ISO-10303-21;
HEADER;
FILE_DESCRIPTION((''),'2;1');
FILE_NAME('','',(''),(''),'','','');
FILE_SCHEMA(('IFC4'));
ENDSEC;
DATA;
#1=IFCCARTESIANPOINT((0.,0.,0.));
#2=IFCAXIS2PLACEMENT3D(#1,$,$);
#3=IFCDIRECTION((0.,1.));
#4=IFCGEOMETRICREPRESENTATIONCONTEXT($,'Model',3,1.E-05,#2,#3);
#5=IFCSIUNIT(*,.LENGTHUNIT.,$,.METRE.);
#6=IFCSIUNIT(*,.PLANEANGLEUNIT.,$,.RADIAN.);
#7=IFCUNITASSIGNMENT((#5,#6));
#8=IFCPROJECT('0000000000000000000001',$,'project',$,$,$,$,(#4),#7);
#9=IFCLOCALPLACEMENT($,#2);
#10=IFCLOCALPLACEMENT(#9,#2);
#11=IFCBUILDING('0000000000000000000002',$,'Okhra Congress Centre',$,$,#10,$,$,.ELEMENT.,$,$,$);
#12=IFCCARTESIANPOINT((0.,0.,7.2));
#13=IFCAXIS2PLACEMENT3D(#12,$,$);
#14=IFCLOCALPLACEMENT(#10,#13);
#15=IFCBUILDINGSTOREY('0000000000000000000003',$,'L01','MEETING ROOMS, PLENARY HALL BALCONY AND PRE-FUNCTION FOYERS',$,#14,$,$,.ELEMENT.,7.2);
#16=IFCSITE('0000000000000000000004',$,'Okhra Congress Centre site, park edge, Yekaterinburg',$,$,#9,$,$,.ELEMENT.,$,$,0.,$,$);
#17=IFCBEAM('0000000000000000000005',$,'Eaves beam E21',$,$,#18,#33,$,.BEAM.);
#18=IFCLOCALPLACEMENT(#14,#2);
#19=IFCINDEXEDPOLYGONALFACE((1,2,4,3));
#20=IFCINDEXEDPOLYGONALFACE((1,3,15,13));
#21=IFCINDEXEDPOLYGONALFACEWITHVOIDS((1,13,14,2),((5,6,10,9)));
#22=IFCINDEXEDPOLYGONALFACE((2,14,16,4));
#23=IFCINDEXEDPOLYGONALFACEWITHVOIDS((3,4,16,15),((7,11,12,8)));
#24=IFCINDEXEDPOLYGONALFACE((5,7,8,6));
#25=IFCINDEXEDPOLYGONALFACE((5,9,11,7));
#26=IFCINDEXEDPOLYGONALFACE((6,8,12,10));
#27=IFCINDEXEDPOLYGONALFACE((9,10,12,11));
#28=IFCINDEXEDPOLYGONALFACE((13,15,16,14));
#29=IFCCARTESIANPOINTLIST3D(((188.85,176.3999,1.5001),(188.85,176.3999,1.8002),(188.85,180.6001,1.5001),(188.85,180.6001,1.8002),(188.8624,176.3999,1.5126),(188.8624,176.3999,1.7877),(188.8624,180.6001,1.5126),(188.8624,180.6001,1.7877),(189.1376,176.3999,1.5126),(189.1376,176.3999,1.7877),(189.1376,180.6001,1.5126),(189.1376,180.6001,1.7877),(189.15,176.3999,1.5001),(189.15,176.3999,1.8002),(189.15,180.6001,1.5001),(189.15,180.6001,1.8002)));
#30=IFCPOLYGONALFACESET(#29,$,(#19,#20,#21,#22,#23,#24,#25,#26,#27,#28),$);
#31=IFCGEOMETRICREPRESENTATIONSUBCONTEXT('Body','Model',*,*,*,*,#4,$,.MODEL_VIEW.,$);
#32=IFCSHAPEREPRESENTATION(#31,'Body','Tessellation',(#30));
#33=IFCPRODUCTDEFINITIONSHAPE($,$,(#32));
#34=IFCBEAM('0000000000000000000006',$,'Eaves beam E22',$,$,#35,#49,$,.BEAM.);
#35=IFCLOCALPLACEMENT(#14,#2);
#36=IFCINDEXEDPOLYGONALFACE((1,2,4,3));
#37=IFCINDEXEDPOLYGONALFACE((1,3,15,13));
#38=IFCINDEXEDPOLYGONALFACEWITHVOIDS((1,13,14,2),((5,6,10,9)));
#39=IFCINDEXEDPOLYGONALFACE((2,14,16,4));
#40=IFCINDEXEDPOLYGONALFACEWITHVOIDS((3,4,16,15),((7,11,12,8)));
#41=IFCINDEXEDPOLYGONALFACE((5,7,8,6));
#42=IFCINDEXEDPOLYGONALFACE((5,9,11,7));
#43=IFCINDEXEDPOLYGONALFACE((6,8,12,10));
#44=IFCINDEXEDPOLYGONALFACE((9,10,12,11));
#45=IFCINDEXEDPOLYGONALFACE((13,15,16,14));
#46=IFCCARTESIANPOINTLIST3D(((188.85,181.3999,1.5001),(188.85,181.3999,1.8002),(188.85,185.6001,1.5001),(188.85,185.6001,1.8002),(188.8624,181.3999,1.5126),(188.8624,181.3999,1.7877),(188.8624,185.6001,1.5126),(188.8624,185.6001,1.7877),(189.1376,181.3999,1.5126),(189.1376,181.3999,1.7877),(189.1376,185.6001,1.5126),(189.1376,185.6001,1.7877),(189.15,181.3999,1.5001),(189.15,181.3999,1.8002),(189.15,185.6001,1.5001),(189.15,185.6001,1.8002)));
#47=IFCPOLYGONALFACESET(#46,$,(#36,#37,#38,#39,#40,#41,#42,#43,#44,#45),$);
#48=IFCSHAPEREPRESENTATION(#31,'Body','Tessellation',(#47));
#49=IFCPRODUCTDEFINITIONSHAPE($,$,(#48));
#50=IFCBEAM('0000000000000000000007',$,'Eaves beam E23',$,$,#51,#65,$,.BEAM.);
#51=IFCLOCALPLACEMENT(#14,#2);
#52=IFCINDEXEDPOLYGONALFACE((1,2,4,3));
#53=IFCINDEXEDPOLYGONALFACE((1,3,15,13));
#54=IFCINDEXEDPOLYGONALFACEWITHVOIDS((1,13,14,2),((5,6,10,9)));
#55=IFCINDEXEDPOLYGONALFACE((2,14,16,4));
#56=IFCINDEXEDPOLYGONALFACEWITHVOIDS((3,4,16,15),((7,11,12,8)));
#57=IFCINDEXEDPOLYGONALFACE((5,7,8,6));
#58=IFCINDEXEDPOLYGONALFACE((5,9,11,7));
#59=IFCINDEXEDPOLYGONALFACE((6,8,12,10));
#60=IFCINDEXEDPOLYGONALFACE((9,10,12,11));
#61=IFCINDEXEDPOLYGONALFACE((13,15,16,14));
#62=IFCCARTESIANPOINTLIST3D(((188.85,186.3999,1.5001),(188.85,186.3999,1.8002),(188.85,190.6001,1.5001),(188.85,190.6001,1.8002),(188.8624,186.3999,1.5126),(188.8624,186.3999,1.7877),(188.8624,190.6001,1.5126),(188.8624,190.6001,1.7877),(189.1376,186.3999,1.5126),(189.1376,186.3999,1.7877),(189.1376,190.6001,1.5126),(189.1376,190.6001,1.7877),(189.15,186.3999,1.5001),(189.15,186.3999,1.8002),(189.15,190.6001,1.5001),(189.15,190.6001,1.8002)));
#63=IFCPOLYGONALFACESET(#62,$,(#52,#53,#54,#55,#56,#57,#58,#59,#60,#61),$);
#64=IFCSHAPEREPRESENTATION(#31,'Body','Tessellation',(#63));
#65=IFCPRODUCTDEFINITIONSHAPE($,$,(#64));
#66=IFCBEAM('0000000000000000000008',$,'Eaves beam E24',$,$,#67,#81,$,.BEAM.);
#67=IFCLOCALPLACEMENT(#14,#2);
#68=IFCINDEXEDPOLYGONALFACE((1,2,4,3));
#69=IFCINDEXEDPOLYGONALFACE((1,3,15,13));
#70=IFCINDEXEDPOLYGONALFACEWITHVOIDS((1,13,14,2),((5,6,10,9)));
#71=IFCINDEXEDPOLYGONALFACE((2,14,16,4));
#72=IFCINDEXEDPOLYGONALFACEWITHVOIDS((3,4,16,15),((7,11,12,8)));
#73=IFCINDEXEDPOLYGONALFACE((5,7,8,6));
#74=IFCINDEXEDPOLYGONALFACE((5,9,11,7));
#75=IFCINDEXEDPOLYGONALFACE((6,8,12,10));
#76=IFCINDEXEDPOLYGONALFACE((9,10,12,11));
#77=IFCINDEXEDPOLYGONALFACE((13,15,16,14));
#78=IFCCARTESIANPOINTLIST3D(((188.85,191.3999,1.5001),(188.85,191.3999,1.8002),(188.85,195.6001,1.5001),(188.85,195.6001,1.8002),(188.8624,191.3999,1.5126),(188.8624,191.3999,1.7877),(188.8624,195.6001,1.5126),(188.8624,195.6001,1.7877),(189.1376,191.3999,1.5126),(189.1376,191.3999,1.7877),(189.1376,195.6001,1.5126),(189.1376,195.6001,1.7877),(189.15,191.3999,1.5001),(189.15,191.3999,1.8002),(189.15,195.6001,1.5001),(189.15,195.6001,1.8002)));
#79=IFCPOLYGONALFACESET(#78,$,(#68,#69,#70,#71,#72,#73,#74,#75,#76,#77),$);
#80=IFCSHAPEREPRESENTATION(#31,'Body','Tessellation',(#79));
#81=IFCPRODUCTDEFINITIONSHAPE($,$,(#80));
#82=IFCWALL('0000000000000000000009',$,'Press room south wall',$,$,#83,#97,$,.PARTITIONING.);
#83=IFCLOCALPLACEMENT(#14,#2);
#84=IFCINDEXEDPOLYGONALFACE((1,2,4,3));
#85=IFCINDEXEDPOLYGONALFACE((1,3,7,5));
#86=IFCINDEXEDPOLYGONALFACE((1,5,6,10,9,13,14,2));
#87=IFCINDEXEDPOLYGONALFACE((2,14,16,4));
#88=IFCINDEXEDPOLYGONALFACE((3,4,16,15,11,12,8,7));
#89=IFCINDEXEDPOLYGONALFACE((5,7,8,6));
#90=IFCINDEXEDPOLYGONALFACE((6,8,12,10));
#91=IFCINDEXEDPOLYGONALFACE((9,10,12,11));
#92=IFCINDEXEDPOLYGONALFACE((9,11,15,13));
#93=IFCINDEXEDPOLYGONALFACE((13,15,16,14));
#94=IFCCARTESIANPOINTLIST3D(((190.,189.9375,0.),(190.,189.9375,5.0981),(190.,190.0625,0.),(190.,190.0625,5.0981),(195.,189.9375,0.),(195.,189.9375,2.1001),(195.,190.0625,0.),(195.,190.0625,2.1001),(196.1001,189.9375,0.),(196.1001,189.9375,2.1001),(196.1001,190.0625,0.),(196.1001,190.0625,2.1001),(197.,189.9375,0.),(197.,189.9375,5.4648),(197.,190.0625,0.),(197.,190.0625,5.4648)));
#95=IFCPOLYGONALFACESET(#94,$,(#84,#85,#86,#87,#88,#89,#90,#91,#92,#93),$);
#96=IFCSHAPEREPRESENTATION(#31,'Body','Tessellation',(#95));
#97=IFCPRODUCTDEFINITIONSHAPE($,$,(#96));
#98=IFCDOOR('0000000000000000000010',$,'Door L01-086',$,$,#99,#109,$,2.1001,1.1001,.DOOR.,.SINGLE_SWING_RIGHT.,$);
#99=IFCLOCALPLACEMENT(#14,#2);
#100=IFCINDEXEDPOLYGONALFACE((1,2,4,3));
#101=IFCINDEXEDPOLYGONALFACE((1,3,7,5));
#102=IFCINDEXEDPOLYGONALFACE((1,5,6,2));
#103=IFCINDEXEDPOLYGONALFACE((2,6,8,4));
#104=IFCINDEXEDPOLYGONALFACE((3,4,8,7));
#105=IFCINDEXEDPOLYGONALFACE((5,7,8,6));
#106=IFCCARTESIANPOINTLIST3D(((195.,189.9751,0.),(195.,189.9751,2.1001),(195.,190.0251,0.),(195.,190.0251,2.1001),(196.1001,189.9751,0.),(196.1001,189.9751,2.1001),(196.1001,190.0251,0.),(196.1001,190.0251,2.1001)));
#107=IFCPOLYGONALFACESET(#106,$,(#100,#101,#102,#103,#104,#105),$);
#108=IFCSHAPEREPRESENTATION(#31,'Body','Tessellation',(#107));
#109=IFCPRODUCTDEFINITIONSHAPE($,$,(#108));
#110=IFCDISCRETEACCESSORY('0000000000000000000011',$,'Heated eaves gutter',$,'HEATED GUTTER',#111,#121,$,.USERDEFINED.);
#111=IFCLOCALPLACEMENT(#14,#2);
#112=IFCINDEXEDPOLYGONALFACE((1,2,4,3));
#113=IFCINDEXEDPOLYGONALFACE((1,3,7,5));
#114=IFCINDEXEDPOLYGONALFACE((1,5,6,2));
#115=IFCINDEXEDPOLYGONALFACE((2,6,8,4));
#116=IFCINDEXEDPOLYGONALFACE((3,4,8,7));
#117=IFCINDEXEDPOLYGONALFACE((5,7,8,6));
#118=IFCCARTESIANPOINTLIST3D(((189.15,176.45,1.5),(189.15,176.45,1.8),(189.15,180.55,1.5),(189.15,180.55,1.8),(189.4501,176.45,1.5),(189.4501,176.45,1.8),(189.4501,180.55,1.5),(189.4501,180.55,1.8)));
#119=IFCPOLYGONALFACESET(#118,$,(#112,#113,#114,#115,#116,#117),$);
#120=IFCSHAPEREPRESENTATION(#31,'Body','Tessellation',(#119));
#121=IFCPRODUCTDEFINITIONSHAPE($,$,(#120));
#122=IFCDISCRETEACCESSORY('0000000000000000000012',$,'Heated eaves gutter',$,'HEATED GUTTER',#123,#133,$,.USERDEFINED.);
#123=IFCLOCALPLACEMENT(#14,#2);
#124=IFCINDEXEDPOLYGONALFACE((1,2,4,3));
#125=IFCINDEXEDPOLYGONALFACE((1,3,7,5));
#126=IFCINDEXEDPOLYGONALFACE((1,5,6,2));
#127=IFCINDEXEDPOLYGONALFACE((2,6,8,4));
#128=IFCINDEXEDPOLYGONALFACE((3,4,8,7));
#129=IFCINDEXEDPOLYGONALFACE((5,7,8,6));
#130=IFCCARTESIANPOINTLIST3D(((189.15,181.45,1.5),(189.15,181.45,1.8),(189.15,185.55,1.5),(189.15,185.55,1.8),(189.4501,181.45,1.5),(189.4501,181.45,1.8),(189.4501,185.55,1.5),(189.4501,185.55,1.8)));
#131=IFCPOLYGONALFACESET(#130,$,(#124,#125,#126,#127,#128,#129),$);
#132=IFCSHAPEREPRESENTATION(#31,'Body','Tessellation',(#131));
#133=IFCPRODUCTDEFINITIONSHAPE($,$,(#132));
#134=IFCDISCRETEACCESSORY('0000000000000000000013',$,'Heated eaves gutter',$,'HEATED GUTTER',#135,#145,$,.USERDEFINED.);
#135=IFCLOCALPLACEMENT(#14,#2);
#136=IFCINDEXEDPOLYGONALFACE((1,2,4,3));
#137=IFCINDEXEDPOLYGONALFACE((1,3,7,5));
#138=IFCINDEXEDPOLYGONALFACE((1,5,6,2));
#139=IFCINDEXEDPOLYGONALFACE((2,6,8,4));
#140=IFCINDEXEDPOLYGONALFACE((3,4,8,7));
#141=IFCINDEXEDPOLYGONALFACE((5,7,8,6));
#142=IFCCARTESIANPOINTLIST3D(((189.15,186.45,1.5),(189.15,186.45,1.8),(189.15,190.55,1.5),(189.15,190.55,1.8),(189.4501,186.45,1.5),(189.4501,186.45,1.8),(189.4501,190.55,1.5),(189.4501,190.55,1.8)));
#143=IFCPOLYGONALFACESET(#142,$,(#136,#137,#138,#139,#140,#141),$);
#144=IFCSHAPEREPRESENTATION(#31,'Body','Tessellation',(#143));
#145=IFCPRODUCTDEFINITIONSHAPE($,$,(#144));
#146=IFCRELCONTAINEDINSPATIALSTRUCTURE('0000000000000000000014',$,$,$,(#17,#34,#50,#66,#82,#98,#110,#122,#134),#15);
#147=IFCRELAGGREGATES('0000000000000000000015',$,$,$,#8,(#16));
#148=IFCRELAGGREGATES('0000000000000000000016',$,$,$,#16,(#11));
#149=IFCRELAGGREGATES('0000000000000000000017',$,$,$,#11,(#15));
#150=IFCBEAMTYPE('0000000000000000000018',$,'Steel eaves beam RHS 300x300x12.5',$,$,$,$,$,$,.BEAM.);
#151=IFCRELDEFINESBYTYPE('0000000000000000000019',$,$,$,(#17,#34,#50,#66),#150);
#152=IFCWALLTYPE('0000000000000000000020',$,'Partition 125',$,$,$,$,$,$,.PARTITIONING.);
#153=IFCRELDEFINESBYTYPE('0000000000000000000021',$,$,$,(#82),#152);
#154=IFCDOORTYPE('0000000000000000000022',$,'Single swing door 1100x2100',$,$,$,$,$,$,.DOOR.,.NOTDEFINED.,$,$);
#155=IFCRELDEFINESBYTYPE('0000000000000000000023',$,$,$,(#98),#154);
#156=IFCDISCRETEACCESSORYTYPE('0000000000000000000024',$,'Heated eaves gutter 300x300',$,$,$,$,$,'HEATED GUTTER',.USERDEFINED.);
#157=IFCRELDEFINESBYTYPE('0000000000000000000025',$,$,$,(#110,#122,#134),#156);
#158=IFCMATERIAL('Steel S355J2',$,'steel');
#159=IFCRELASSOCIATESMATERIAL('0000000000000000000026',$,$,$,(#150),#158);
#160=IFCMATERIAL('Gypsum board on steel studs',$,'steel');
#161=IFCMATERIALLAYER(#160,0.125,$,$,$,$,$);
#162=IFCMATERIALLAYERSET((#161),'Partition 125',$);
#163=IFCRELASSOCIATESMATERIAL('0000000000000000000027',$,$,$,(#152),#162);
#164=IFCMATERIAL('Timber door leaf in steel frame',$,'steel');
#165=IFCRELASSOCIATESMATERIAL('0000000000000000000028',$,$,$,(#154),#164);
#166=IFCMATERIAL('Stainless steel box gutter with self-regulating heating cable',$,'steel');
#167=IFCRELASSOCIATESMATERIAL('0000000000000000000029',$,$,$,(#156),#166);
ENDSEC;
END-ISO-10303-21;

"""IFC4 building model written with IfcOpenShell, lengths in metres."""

from ifc_helpers import new_model, si_unit, direction, frame, frame_2d, origin, origin_2d, place, context, subcontext, project, spatial, polyline, rectangle, hollow_rectangle, outline, extrude, material, layer, layer_set, material_profile, profile_set, type_object, element, fill, save


model = new_model("IFC4")

# Units and contexts
model_context = context("Model", 3, precision=1e-05, world=origin(), true_north=direction((0.0, 1.0)))
body_context = subcontext(model_context, "Body", "Model", "MODEL_VIEW")
ifc_project = project(units=[si_unit("LENGTHUNIT", "METRE"), si_unit("PLANEANGLEUNIT", "RADIAN")], contexts=[model_context])

# Site, building, storey
site_placement = place(None, origin())
site = spatial("IfcSite", under=ifc_project, at=site_placement, Name="Okhra Congress Centre site, park edge, Yekaterinburg", CompositionType="ELEMENT", RefElevation=0.0)
building_placement = place(site_placement, origin())
building = spatial("IfcBuilding", under=site, at=building_placement, Name="Okhra Congress Centre", CompositionType="ELEMENT")
storey_placement = place(building_placement, frame((0.0, 0.0, 7.2)))
storey = spatial("IfcBuildingStorey", under=building, at=storey_placement, Name="L01", Description="MEETING ROOMS, PLENARY HALL BALCONY AND PRE-FUNCTION FOYERS", CompositionType="ELEMENT", Elevation=7.2)

# Shared definitions
ifc_material_1 = material(Name="Steel S355J2", Category="steel")

# Beams
ifc_material_profile_1 = material_profile(ifc_material_1, hollow_rectangle(XDim=0.3, YDim=0.3, WallThickness=0.0125, at=origin_2d()), Name="RHS 300x300x12.5")
ifc_profile_set_1 = profile_set([ifc_material_profile_1], Name="Steel S355J2")
beam_type = type_object("IfcBeamType", Name="Steel eaves beam RHS 300x300x12.5", PredefinedType="BEAM", material=ifc_profile_set_1)
for number, where, z_axis, x_axis, name in (
    (1, (189.0, 176.3999, 1.6501), (0.0, 1.0, 0.0), (-1.0, 0.0, 0.0), "Eaves beam E21"),
    (2, (189.0, 181.3999, 1.6501), (0.0, 1.0, 0.0), (-1.0, 0.0, 0.0), "Eaves beam E22"),
    (3, (189.0, 186.3999, 1.6501), (0.0, 1.0, 0.0), (-1.0, 0.0, 0.0), "Eaves beam E23"),
    (4, (189.0, 191.3999, 1.6501), (0.0, 1.0, 0.0), (-1.0, 0.0, 0.0), "Eaves beam E24"),
):
    element("IfcBeam", number, at=place(storey_placement, frame(where, z_axis=z_axis, x_axis=x_axis)), inside=storey, type_object=beam_type, Name=name, PredefinedType="BEAM", context=body_context, shape_type="SweptSolid", body=[
        extrude(hollow_rectangle(XDim=0.3, YDim=0.3, WallThickness=0.0125, at=origin_2d()), origin(), (0.0, 0.0, 1.0), 4.2002),
    ])

# Wall, opening, door
ifc_material_2 = material(Name="Gypsum board on steel studs", Category="steel")
ifc_layer = layer(ifc_material_2, 0.125)
ifc_layer_set = layer_set([ifc_layer], Name="Partition 125")
wall_type = type_object("IfcWallType", Name="Partition 125", PredefinedType="PARTITIONING", material=ifc_layer_set)
wall_placement = place(storey_placement, frame((190.0, 190.0, 0.0), z_axis=(0.0, 0.0, 1.0), x_axis=(1.0, 0.0, 0.0)))
wall = element("IfcWall", 5, at=wall_placement, inside=storey, type_object=wall_type, Name="Press room south wall", PredefinedType="PARTITIONING", context=body_context, shape_type="SweptSolid", body=[
    extrude(outline(polyline([(0.0, 0.0), (7.0, 0.0), (7.0, 5.4648), (0.0, 5.0981), (0.0, 0.0)])), frame((0.0, 0.0625, 0.0), z_axis=(0.0, -1.0, 0.0), x_axis=(1.0, 0.0, 0.0)), (0.0, 0.0, 1.0), 0.125),
])
opening_placement = place(wall_placement, frame((5.0, 0.0, 0.0)))
opening = element("IfcOpeningElement", 6, at=opening_placement, cuts=wall, PredefinedType="OPENING", context=body_context, shape_type="SweptSolid", body=[
    extrude(rectangle(XDim=1.1001, YDim=2.1001, at=frame_2d((0.55, 1.05))), frame((0.0, 0.0725, 0.0), z_axis=(0.0, -1.0, 0.0), x_axis=(1.0, 0.0, 0.0)), (0.0, 0.0, 1.0), 0.145),
])
ifc_material_3 = material(Name="Timber door leaf in steel frame", Category="steel")
door_type = type_object("IfcDoorType", Name="Single swing door 1100x2100", OperationType="NOTDEFINED", PredefinedType="DOOR", material=ifc_material_3)
door_placement = place(opening_placement, frame((1.1001, 0.0, 0.0), z_axis=(0.0, 0.0, 1.0), x_axis=(-1.0, 0.0, 0.0)))
door = element("IfcDoor", 7, at=door_placement, inside=storey, type_object=door_type, Name="Door L01-086", OperationType="SINGLE_SWING_RIGHT", OverallHeight=2.1001, OverallWidth=1.1001, PredefinedType="DOOR", context=body_context, shape_type="SweptSolid", body=[
    extrude(rectangle(XDim=1.1001, YDim=2.1001, at=frame_2d((0.55, 1.05))), frame((0.0, 0.0249, 0.0), z_axis=(0.0, -1.0, 0.0), x_axis=(1.0, 0.0, 0.0)), (0.0, 0.0, 1.0), 0.05),
])
fill(opening, door)

# Discrete accessories
ifc_material_4 = material(Name="Stainless steel box gutter with self-regulating heating cable", Category="steel")
discrete_accessory_type = type_object("IfcDiscreteAccessoryType", Name="Heated eaves gutter 300x300", ElementType="HEATED GUTTER", PredefinedType="USERDEFINED", material=ifc_material_4)
for number, where, z_axis, x_axis, name in (
    (8, (189.3, 178.5, 1.5), (0.0, 0.0, 1.0), (1.0, 0.0, 0.0), "Heated eaves gutter"),
    (9, (189.3, 183.5, 1.5), (0.0, 0.0, 1.0), (1.0, 0.0, 0.0), "Heated eaves gutter"),
    (10, (189.3, 188.5, 1.5), (0.0, 0.0, 1.0), (1.0, 0.0, 0.0), "Heated eaves gutter"),
):
    element("IfcDiscreteAccessory", number, at=place(storey_placement, frame(where, z_axis=z_axis, x_axis=x_axis)), inside=storey, type_object=discrete_accessory_type, Name=name, ObjectType="HEATED GUTTER", PredefinedType="USERDEFINED", context=body_context, shape_type="SweptSolid", body=[
        extrude(rectangle(XDim=0.3, YDim=4.1001, at=origin_2d()), origin(), (0.0, 0.0, 1.0), 0.3),
    ])

save(model, "model.ifc")
